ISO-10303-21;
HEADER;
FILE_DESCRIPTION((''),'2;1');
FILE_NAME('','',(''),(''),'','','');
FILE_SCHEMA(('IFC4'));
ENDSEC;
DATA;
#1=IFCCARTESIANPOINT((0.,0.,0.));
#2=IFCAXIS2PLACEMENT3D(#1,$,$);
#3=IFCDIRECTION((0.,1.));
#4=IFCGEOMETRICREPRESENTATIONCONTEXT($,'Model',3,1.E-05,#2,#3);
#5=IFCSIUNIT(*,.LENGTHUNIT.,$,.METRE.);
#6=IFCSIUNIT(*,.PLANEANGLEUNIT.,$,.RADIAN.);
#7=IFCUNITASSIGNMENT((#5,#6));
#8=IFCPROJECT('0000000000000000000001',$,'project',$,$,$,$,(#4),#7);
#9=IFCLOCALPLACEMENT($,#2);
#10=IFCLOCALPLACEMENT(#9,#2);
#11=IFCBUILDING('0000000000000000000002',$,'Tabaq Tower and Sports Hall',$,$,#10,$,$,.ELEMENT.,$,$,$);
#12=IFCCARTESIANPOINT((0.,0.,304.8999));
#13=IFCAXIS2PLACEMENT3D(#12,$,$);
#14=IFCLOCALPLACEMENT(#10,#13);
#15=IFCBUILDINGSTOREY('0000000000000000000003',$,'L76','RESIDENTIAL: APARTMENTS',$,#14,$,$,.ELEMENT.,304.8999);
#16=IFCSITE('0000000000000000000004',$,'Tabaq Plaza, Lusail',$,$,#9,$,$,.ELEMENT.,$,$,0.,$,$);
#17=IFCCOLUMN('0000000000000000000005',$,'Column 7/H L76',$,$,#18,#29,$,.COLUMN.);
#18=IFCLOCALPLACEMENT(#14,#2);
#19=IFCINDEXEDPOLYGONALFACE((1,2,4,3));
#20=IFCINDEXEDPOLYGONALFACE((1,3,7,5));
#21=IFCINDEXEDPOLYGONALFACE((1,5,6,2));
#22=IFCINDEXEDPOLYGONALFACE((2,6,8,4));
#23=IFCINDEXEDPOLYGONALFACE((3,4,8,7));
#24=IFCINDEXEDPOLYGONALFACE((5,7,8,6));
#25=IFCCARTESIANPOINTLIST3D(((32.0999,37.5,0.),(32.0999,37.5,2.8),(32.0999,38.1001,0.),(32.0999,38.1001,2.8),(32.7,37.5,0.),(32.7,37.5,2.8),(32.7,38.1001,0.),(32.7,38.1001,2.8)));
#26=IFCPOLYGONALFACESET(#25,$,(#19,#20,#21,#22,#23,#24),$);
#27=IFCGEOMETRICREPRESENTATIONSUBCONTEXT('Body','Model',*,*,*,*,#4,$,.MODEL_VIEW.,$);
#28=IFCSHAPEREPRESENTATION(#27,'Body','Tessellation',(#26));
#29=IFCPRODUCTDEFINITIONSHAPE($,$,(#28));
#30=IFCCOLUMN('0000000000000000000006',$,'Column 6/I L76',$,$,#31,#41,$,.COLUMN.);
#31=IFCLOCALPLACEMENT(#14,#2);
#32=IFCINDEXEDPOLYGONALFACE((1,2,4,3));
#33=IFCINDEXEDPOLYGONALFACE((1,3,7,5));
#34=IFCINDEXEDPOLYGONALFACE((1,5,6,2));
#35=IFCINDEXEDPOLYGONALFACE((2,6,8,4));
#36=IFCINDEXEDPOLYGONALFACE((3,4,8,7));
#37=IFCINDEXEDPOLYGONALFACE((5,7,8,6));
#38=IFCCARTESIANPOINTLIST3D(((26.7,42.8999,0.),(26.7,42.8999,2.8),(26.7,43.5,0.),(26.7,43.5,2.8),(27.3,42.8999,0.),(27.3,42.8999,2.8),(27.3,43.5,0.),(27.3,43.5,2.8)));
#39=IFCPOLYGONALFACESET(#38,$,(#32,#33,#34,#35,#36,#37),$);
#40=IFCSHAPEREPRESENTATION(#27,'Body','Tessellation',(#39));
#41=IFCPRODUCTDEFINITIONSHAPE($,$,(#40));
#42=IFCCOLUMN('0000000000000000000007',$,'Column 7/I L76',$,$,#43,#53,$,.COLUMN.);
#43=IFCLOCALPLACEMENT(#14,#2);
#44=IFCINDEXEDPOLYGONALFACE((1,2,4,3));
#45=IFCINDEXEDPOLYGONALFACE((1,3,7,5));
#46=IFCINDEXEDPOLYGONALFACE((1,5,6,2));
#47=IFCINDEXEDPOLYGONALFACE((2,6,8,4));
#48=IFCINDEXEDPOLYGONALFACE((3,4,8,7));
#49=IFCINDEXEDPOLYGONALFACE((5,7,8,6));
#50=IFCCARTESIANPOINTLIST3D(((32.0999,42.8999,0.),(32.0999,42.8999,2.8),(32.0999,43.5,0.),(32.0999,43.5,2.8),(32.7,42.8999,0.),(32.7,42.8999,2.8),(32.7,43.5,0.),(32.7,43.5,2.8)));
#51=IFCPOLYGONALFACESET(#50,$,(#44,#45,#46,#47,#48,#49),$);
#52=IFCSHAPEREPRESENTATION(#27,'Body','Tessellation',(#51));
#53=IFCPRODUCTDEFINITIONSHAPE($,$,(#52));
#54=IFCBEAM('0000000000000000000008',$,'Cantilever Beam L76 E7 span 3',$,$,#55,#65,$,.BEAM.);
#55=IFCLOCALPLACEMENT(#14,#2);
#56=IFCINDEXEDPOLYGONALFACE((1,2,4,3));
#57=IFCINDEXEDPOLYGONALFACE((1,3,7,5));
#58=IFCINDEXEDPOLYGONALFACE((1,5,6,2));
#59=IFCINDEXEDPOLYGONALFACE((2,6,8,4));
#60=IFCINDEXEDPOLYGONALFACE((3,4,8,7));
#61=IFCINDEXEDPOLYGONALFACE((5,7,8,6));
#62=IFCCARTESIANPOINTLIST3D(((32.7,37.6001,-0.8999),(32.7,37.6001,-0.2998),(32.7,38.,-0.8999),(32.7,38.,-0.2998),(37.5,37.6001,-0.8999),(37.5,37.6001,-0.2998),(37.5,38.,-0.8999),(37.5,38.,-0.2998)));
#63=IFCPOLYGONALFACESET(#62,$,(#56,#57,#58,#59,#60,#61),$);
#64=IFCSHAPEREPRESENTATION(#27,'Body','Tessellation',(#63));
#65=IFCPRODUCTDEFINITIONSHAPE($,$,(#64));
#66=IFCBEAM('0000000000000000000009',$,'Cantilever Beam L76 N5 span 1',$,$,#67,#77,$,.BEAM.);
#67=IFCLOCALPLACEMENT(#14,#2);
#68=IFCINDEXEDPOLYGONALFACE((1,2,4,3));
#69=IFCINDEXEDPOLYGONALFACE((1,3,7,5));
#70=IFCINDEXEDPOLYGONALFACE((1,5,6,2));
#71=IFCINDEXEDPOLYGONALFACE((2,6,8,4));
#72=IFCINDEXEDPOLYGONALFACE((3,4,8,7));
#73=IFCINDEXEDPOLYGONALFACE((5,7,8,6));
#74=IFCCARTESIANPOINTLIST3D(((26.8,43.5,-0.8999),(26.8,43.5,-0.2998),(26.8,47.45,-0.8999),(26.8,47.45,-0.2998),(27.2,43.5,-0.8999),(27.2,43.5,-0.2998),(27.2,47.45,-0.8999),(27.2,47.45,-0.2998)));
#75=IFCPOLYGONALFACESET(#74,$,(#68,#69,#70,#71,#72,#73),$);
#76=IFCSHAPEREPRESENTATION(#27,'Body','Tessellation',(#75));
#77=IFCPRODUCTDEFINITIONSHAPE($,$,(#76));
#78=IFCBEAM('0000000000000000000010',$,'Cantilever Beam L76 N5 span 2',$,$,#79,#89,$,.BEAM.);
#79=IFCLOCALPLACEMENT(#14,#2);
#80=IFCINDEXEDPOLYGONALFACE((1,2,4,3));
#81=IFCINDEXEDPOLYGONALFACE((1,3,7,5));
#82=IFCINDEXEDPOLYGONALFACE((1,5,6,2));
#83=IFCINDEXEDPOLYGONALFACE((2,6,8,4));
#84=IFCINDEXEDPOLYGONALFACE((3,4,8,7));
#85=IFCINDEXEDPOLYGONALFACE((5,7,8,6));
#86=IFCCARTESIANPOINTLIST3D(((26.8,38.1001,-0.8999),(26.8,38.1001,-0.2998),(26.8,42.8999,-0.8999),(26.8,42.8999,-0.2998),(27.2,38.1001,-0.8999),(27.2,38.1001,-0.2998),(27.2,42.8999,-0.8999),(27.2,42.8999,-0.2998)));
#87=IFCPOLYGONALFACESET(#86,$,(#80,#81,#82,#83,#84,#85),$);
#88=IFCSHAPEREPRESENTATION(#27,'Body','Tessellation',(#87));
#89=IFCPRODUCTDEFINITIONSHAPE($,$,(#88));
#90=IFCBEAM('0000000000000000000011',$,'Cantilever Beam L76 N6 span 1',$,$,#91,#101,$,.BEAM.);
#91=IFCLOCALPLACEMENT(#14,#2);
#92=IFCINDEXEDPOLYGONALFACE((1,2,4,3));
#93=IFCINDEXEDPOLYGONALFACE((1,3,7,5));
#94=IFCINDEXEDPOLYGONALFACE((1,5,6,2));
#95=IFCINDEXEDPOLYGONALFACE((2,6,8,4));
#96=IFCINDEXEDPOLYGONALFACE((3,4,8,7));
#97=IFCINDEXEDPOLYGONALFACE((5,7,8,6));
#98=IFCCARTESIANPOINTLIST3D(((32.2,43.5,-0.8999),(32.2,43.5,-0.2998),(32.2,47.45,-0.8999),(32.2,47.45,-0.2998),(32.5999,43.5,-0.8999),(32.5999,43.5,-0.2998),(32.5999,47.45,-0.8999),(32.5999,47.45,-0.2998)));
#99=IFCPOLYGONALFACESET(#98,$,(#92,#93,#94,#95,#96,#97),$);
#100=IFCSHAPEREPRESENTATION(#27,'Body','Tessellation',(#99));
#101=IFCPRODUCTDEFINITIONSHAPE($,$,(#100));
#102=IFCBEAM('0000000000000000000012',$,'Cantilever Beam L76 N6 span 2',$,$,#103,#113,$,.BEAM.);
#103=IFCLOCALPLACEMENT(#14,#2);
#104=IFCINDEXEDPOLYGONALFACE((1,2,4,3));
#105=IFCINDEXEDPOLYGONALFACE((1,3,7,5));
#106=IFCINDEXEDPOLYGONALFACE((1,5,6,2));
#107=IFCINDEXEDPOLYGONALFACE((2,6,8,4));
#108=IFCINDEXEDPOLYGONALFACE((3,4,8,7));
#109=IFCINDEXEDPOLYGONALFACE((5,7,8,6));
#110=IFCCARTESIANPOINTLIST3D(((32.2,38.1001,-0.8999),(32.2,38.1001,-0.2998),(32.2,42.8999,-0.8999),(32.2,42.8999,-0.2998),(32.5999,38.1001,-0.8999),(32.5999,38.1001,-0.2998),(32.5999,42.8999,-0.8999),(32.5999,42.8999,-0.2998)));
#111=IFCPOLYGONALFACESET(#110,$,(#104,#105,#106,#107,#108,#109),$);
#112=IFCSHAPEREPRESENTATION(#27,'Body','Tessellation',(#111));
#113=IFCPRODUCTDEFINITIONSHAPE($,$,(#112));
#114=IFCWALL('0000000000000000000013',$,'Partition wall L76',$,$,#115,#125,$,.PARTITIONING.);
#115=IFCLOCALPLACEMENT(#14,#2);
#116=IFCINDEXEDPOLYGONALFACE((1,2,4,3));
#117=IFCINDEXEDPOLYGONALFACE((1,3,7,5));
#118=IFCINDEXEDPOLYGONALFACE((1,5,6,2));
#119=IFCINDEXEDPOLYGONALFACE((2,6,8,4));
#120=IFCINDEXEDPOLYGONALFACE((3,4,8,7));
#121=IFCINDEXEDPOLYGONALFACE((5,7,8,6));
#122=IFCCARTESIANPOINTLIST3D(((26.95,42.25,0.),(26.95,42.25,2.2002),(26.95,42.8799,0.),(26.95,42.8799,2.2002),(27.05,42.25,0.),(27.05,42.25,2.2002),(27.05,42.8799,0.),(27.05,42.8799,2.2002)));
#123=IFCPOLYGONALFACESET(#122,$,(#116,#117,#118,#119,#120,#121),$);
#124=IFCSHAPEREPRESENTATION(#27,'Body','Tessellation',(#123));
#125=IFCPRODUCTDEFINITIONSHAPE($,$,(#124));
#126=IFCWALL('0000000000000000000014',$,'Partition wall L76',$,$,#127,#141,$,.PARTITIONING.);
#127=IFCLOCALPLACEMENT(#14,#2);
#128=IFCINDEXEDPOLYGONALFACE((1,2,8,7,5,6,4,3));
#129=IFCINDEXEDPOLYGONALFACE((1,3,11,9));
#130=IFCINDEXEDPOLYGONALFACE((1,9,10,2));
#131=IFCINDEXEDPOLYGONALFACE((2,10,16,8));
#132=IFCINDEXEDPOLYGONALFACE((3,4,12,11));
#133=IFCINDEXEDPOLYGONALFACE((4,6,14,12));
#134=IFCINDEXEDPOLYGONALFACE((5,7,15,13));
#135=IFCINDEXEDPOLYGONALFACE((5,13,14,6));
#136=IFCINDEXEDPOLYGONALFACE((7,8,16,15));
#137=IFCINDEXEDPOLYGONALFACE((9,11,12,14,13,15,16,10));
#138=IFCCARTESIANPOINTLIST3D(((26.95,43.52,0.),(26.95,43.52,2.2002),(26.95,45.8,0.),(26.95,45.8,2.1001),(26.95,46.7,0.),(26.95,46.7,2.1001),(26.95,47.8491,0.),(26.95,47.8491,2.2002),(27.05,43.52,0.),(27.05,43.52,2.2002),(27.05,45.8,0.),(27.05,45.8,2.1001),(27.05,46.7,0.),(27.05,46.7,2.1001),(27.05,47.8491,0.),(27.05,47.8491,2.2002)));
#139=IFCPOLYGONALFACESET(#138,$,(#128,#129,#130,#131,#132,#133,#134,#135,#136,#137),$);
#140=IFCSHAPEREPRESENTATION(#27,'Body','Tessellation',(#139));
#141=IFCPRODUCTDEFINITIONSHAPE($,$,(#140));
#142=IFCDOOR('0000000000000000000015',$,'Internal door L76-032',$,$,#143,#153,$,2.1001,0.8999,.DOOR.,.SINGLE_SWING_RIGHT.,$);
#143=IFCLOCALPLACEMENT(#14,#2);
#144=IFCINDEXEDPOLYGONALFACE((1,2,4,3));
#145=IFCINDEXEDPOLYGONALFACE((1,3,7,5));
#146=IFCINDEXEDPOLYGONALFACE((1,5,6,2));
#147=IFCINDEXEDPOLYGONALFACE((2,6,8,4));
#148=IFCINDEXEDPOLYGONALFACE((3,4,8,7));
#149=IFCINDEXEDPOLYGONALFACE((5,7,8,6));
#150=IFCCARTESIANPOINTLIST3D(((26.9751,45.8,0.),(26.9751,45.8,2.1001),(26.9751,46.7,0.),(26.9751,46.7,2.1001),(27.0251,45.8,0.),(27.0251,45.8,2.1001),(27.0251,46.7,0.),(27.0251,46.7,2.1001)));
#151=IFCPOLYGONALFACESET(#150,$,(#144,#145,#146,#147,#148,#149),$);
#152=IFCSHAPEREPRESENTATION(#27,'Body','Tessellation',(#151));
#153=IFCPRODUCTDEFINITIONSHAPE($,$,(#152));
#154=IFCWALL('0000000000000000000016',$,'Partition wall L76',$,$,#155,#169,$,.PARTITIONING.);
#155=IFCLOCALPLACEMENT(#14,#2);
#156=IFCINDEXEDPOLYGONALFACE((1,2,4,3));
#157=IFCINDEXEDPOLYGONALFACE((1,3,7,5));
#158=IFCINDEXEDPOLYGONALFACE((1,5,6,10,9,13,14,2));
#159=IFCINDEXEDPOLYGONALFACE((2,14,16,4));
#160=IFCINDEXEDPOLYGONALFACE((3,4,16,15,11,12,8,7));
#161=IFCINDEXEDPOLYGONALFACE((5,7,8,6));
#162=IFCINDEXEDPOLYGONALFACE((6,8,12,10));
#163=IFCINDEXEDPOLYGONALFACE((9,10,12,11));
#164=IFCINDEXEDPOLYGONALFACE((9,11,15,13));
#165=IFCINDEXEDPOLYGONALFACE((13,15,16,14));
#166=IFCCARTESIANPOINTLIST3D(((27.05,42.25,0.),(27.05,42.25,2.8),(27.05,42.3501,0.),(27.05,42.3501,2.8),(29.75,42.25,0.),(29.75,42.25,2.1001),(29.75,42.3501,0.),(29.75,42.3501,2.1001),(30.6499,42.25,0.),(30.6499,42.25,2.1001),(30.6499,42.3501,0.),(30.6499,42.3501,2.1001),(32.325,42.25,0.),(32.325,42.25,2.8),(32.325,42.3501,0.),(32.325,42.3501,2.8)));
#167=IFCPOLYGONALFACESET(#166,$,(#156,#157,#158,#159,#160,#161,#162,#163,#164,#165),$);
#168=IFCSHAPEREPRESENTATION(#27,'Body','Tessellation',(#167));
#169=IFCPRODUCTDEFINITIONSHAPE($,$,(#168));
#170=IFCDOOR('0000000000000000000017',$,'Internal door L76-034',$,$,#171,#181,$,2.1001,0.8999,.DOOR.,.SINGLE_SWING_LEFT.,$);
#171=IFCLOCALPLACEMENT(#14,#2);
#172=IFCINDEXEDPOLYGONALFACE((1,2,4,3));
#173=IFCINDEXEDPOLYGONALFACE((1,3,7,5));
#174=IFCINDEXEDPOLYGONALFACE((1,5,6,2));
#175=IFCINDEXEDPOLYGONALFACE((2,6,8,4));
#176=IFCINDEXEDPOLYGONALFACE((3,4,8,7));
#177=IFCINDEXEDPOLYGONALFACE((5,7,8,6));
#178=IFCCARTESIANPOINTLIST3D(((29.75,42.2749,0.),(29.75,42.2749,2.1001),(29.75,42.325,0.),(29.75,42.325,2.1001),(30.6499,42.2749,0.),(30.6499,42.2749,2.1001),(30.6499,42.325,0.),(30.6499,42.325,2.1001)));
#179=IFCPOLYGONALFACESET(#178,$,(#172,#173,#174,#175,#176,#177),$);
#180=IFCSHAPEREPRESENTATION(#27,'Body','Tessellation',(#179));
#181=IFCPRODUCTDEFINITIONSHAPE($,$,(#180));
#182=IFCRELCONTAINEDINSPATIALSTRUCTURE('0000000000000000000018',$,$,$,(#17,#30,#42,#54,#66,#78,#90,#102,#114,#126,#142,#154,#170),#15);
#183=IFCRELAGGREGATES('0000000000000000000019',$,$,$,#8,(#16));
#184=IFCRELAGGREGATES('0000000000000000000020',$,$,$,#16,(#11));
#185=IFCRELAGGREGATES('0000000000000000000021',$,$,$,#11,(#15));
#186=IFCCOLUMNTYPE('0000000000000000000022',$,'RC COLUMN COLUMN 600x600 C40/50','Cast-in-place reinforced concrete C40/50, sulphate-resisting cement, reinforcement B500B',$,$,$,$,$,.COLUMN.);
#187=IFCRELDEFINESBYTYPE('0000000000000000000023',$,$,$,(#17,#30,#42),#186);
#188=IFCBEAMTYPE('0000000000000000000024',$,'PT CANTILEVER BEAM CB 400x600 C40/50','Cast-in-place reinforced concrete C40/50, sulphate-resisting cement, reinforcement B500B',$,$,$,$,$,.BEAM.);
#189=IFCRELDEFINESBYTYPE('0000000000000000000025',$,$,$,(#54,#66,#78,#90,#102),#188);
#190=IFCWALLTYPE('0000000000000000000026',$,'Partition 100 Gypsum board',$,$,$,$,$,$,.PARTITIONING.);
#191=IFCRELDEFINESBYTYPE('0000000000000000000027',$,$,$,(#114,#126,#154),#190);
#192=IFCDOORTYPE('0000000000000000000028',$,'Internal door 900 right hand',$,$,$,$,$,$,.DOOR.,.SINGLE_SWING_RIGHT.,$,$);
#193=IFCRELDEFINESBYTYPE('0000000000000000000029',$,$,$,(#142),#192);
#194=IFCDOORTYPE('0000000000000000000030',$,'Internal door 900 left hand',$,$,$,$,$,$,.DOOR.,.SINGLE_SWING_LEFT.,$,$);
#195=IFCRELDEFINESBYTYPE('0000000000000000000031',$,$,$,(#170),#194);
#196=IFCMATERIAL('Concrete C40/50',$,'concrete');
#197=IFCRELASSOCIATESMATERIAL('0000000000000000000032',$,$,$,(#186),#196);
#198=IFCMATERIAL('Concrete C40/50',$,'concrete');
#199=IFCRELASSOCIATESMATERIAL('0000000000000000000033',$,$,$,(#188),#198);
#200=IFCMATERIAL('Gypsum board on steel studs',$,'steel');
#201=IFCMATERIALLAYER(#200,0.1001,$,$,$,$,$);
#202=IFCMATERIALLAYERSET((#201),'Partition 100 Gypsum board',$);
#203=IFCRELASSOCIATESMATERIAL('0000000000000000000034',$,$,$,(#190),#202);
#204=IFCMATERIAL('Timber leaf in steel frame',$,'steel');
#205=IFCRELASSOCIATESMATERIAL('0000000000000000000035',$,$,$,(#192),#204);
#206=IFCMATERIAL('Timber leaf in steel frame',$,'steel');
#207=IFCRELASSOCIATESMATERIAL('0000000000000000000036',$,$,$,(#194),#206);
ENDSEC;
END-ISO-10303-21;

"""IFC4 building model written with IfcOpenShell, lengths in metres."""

from ifc_helpers import new_model, si_unit, direction, frame, frame_2d, origin, origin_2d, place, context, subcontext, project, spatial, rectangle, extrude, material, layer, layer_set, material_profile, profile_set, type_object, element, fill, save


model = new_model("IFC4")

# Units and contexts
model_context = context("Model", 3, precision=1e-05, world=origin(), true_north=direction((0.0, 1.0)))
body_context = subcontext(model_context, "Body", "Model", "MODEL_VIEW")
ifc_project = project(units=[si_unit("LENGTHUNIT", "METRE"), si_unit("PLANEANGLEUNIT", "RADIAN")], contexts=[model_context])

# Site, building, storey
site_placement = place(None, origin())
site = spatial("IfcSite", under=ifc_project, at=site_placement, Name="Tabaq Plaza, Lusail", CompositionType="ELEMENT", RefElevation=0.0)
building_placement = place(site_placement, origin())
building = spatial("IfcBuilding", under=site, at=building_placement, Name="Tabaq Tower and Sports Hall", CompositionType="ELEMENT")
storey_placement = place(building_placement, frame((0.0, 0.0, 304.8999)))
storey = spatial("IfcBuildingStorey", under=building, at=storey_placement, Name="L76", Description="RESIDENTIAL: APARTMENTS", CompositionType="ELEMENT", Elevation=304.8999)

# Columns
ifc_material_1 = material(Name="Concrete C40/50", Category="concrete")
ifc_material_profile_1 = material_profile(ifc_material_1, rectangle(XDim=0.6001, YDim=0.6001, at=origin_2d()), Name="COLUMN 600x600")
ifc_profile_set_1 = profile_set([ifc_material_profile_1], Name="Concrete C40/50")
column_type = type_object("IfcColumnType", Name="RC COLUMN COLUMN 600x600 C40/50", Description="Cast-in-place reinforced concrete C40/50, sulphate-resisting cement, reinforcement B500B", PredefinedType="COLUMN", material=ifc_profile_set_1)
for number, where, z_axis, x_axis, name in (
    (1, (32.3999, 37.8, 0.0), (0.0, 0.0, 1.0), (1.0, 0.0, 0.0), "Column 7/H L76"),
    (2, (27.0, 43.2, 0.0), (0.0, 0.0, 1.0), (1.0, 0.0, 0.0), "Column 6/I L76"),
    (3, (32.3999, 43.2, 0.0), (0.0, 0.0, 1.0), (1.0, 0.0, 0.0), "Column 7/I L76"),
):
    element("IfcColumn", number, at=place(storey_placement, frame(where, z_axis=z_axis, x_axis=x_axis)), inside=storey, type_object=column_type, Name=name, PredefinedType="COLUMN", context=body_context, shape_type="SweptSolid", body=[
        extrude(rectangle(XDim=0.6001, YDim=0.6001, at=origin_2d()), origin(), (0.0, 0.0, 1.0), 2.8),
    ])

# Beams
ifc_material_2 = material(Name="Concrete C40/50", Category="concrete")
ifc_material_profile_2 = material_profile(ifc_material_2, rectangle(XDim=0.3999, YDim=0.6001, at=origin_2d()), Name="CB 400x600")
ifc_profile_set_2 = profile_set([ifc_material_profile_2], Name="Concrete C40/50")
beam_type = type_object("IfcBeamType", Name="PT CANTILEVER BEAM CB 400x600 C40/50", Description="Cast-in-place reinforced concrete C40/50, sulphate-resisting cement, reinforcement B500B", PredefinedType="BEAM", material=ifc_profile_set_2)
beam_1_placement = place(storey_placement, frame((37.5, 37.8, -0.5999), z_axis=(-1.0, 0.0, 0.0), x_axis=(0.0, -1.0, 0.0)))
element("IfcBeam", 4, at=beam_1_placement, inside=storey, type_object=beam_type, Name="Cantilever Beam L76 E7 span 3", PredefinedType="BEAM", context=body_context, shape_type="SweptSolid", body=[
    extrude(rectangle(XDim=0.3999, YDim=0.6001, at=origin_2d()), origin(), (0.0, 0.0, 1.0), 4.8),
])
beam_2_placement = place(storey_placement, frame((27.0, 47.45, -0.5999), z_axis=(0.0, -1.0, 0.0), x_axis=(1.0, 0.0, 0.0)))
element("IfcBeam", 5, at=beam_2_placement, inside=storey, type_object=beam_type, Name="Cantilever Beam L76 N5 span 1", PredefinedType="BEAM", context=body_context, shape_type="SweptSolid", body=[
    extrude(rectangle(XDim=0.3999, YDim=0.6001, at=origin_2d()), origin(), (0.0, 0.0, 1.0), 3.95),
])
beam_3_placement = place(storey_placement, frame((27.0, 42.8999, -0.5999), z_axis=(0.0, -1.0, 0.0), x_axis=(1.0, 0.0, 0.0)))
element("IfcBeam", 6, at=beam_3_placement, inside=storey, type_object=beam_type, Name="Cantilever Beam L76 N5 span 2", PredefinedType="BEAM", context=body_context, shape_type="SweptSolid", body=[
    extrude(rectangle(XDim=0.3999, YDim=0.6001, at=origin_2d()), origin(), (0.0, 0.0, 1.0), 4.7998),
])
beam_4_placement = place(storey_placement, frame((32.3999, 47.45, -0.5999), z_axis=(0.0, -1.0, 0.0), x_axis=(1.0, 0.0, 0.0)))
element("IfcBeam", 7, at=beam_4_placement, inside=storey, type_object=beam_type, Name="Cantilever Beam L76 N6 span 1", PredefinedType="BEAM", context=body_context, shape_type="SweptSolid", body=[
    extrude(rectangle(XDim=0.3999, YDim=0.6001, at=origin_2d()), origin(), (0.0, 0.0, 1.0), 3.95),
])
beam_5_placement = place(storey_placement, frame((32.3999, 42.8999, -0.5999), z_axis=(0.0, -1.0, 0.0), x_axis=(1.0, 0.0, 0.0)))
element("IfcBeam", 8, at=beam_5_placement, inside=storey, type_object=beam_type, Name="Cantilever Beam L76 N6 span 2", PredefinedType="BEAM", context=body_context, shape_type="SweptSolid", body=[
    extrude(rectangle(XDim=0.3999, YDim=0.6001, at=origin_2d()), origin(), (0.0, 0.0, 1.0), 4.7998),
])

# Wall
ifc_material_3 = material(Name="Gypsum board on steel studs", Category="steel")
ifc_layer_1 = layer(ifc_material_3, 0.1001)
ifc_layer_set_1 = layer_set([ifc_layer_1], Name="Partition 100 Gypsum board")
wall_type_1 = type_object("IfcWallType", Name="Partition 100 Gypsum board", PredefinedType="PARTITIONING", material=ifc_layer_set_1)
wall_1_placement = place(storey_placement, frame((27.0, 42.25, 0.0), z_axis=(0.0, 0.0, 1.0), x_axis=(0.0, 1.0, 0.0)))
element("IfcWall", 9, at=wall_1_placement, inside=storey, type_object=wall_type_1, Name="Partition wall L76", PredefinedType="PARTITIONING", context=body_context, shape_type="SweptSolid", body=[
    extrude(rectangle(XDim=0.6299, YDim=0.1001, at=frame_2d((0.3149, 0.0))), origin(), (0.0, 0.0, 1.0), 2.2002),
])

# Walls, openings, doors
wall_2_placement = place(storey_placement, frame((27.0, 43.52, 0.0), z_axis=(0.0, 0.0, 1.0), x_axis=(0.0, 1.0, 0.0)))
wall_2 = element("IfcWall", 10, at=wall_2_placement, inside=storey, type_object=wall_type_1, Name="Partition wall L76", PredefinedType="PARTITIONING", context=body_context, shape_type="SweptSolid", body=[
    extrude(rectangle(XDim=4.3291, YDim=0.1001, at=frame_2d((2.1646, 0.0))), origin(), (0.0, 0.0, 1.0), 2.2002),
])
opening_1_placement = place(wall_2_placement, frame((2.28, 0.0, 0.0)))
opening_1 = element("IfcOpeningElement", 11, at=opening_1_placement, cuts=wall_2, PredefinedType="OPENING", context=body_context, shape_type="SweptSolid", body=[
    extrude(rectangle(XDim=0.8999, YDim=2.1001, at=frame_2d((0.45, 1.05))), frame((0.0, 0.05, 0.0), z_axis=(0.0, -1.0, 0.0), x_axis=(1.0, 0.0, 0.0)), (0.0, 0.0, 1.0), 0.1001),
])
ifc_material_4 = material(Name="Timber leaf in steel frame", Category="steel")
door_type_1 = type_object("IfcDoorType", Name="Internal door 900 right hand", OperationType="SINGLE_SWING_RIGHT", PredefinedType="DOOR", material=ifc_material_4)
door_1_placement = place(opening_1_placement, origin())
door_1 = element("IfcDoor", 12, at=door_1_placement, inside=storey, type_object=door_type_1, Name="Internal door L76-032", OperationType="SINGLE_SWING_RIGHT", OverallHeight=2.1001, OverallWidth=0.8999, PredefinedType="DOOR", context=body_context, shape_type="SweptSolid", body=[
    extrude(rectangle(XDim=0.8999, YDim=2.1001, at=frame_2d((0.45, 1.05))), frame((0.0, 0.0249, 0.0), z_axis=(0.0, -1.0, 0.0), x_axis=(1.0, 0.0, 0.0)), (0.0, 0.0, 1.0), 0.05),
])
fill(opening_1, door_1)
wall_3_placement = place(storey_placement, frame((27.05, 42.3, 0.0), z_axis=(0.0, 0.0, 1.0), x_axis=(1.0, 0.0, 0.0)))
wall_3 = element("IfcWall", 13, at=wall_3_placement, inside=storey, type_object=wall_type_1, Name="Partition wall L76", PredefinedType="PARTITIONING", context=body_context, shape_type="SweptSolid", body=[
    extrude(rectangle(XDim=5.2749, YDim=0.1001, at=frame_2d((2.6375, 0.0))), origin(), (0.0, 0.0, 1.0), 2.8),
])
opening_2_placement = place(wall_3_placement, frame((2.7, 0.0, 0.0)))
opening_2 = element("IfcOpeningElement", 14, at=opening_2_placement, cuts=wall_3, PredefinedType="OPENING", context=body_context, shape_type="SweptSolid", body=[
    extrude(rectangle(XDim=0.8999, YDim=2.1001, at=frame_2d((0.45, 1.05))), frame((0.0, 0.05, 0.0), z_axis=(0.0, -1.0, 0.0), x_axis=(1.0, 0.0, 0.0)), (0.0, 0.0, 1.0), 0.1001),
])
ifc_material_5 = material(Name="Timber leaf in steel frame", Category="steel")
door_type_2 = type_object("IfcDoorType", Name="Internal door 900 left hand", OperationType="SINGLE_SWING_LEFT", PredefinedType="DOOR", material=ifc_material_5)
door_2_placement = place(opening_2_placement, origin())
door_2 = element("IfcDoor", 15, at=door_2_placement, inside=storey, type_object=door_type_2, Name="Internal door L76-034", OperationType="SINGLE_SWING_LEFT", OverallHeight=2.1001, OverallWidth=0.8999, PredefinedType="DOOR", context=body_context, shape_type="SweptSolid", body=[
    extrude(rectangle(XDim=0.8999, YDim=2.1001, at=frame_2d((0.45, 1.05))), frame((0.0, 0.0249, 0.0), z_axis=(0.0, -1.0, 0.0), x_axis=(1.0, 0.0, 0.0)), (0.0, 0.0, 1.0), 0.05),
])
fill(opening_2, door_2)

save(model, "model.ifc")
